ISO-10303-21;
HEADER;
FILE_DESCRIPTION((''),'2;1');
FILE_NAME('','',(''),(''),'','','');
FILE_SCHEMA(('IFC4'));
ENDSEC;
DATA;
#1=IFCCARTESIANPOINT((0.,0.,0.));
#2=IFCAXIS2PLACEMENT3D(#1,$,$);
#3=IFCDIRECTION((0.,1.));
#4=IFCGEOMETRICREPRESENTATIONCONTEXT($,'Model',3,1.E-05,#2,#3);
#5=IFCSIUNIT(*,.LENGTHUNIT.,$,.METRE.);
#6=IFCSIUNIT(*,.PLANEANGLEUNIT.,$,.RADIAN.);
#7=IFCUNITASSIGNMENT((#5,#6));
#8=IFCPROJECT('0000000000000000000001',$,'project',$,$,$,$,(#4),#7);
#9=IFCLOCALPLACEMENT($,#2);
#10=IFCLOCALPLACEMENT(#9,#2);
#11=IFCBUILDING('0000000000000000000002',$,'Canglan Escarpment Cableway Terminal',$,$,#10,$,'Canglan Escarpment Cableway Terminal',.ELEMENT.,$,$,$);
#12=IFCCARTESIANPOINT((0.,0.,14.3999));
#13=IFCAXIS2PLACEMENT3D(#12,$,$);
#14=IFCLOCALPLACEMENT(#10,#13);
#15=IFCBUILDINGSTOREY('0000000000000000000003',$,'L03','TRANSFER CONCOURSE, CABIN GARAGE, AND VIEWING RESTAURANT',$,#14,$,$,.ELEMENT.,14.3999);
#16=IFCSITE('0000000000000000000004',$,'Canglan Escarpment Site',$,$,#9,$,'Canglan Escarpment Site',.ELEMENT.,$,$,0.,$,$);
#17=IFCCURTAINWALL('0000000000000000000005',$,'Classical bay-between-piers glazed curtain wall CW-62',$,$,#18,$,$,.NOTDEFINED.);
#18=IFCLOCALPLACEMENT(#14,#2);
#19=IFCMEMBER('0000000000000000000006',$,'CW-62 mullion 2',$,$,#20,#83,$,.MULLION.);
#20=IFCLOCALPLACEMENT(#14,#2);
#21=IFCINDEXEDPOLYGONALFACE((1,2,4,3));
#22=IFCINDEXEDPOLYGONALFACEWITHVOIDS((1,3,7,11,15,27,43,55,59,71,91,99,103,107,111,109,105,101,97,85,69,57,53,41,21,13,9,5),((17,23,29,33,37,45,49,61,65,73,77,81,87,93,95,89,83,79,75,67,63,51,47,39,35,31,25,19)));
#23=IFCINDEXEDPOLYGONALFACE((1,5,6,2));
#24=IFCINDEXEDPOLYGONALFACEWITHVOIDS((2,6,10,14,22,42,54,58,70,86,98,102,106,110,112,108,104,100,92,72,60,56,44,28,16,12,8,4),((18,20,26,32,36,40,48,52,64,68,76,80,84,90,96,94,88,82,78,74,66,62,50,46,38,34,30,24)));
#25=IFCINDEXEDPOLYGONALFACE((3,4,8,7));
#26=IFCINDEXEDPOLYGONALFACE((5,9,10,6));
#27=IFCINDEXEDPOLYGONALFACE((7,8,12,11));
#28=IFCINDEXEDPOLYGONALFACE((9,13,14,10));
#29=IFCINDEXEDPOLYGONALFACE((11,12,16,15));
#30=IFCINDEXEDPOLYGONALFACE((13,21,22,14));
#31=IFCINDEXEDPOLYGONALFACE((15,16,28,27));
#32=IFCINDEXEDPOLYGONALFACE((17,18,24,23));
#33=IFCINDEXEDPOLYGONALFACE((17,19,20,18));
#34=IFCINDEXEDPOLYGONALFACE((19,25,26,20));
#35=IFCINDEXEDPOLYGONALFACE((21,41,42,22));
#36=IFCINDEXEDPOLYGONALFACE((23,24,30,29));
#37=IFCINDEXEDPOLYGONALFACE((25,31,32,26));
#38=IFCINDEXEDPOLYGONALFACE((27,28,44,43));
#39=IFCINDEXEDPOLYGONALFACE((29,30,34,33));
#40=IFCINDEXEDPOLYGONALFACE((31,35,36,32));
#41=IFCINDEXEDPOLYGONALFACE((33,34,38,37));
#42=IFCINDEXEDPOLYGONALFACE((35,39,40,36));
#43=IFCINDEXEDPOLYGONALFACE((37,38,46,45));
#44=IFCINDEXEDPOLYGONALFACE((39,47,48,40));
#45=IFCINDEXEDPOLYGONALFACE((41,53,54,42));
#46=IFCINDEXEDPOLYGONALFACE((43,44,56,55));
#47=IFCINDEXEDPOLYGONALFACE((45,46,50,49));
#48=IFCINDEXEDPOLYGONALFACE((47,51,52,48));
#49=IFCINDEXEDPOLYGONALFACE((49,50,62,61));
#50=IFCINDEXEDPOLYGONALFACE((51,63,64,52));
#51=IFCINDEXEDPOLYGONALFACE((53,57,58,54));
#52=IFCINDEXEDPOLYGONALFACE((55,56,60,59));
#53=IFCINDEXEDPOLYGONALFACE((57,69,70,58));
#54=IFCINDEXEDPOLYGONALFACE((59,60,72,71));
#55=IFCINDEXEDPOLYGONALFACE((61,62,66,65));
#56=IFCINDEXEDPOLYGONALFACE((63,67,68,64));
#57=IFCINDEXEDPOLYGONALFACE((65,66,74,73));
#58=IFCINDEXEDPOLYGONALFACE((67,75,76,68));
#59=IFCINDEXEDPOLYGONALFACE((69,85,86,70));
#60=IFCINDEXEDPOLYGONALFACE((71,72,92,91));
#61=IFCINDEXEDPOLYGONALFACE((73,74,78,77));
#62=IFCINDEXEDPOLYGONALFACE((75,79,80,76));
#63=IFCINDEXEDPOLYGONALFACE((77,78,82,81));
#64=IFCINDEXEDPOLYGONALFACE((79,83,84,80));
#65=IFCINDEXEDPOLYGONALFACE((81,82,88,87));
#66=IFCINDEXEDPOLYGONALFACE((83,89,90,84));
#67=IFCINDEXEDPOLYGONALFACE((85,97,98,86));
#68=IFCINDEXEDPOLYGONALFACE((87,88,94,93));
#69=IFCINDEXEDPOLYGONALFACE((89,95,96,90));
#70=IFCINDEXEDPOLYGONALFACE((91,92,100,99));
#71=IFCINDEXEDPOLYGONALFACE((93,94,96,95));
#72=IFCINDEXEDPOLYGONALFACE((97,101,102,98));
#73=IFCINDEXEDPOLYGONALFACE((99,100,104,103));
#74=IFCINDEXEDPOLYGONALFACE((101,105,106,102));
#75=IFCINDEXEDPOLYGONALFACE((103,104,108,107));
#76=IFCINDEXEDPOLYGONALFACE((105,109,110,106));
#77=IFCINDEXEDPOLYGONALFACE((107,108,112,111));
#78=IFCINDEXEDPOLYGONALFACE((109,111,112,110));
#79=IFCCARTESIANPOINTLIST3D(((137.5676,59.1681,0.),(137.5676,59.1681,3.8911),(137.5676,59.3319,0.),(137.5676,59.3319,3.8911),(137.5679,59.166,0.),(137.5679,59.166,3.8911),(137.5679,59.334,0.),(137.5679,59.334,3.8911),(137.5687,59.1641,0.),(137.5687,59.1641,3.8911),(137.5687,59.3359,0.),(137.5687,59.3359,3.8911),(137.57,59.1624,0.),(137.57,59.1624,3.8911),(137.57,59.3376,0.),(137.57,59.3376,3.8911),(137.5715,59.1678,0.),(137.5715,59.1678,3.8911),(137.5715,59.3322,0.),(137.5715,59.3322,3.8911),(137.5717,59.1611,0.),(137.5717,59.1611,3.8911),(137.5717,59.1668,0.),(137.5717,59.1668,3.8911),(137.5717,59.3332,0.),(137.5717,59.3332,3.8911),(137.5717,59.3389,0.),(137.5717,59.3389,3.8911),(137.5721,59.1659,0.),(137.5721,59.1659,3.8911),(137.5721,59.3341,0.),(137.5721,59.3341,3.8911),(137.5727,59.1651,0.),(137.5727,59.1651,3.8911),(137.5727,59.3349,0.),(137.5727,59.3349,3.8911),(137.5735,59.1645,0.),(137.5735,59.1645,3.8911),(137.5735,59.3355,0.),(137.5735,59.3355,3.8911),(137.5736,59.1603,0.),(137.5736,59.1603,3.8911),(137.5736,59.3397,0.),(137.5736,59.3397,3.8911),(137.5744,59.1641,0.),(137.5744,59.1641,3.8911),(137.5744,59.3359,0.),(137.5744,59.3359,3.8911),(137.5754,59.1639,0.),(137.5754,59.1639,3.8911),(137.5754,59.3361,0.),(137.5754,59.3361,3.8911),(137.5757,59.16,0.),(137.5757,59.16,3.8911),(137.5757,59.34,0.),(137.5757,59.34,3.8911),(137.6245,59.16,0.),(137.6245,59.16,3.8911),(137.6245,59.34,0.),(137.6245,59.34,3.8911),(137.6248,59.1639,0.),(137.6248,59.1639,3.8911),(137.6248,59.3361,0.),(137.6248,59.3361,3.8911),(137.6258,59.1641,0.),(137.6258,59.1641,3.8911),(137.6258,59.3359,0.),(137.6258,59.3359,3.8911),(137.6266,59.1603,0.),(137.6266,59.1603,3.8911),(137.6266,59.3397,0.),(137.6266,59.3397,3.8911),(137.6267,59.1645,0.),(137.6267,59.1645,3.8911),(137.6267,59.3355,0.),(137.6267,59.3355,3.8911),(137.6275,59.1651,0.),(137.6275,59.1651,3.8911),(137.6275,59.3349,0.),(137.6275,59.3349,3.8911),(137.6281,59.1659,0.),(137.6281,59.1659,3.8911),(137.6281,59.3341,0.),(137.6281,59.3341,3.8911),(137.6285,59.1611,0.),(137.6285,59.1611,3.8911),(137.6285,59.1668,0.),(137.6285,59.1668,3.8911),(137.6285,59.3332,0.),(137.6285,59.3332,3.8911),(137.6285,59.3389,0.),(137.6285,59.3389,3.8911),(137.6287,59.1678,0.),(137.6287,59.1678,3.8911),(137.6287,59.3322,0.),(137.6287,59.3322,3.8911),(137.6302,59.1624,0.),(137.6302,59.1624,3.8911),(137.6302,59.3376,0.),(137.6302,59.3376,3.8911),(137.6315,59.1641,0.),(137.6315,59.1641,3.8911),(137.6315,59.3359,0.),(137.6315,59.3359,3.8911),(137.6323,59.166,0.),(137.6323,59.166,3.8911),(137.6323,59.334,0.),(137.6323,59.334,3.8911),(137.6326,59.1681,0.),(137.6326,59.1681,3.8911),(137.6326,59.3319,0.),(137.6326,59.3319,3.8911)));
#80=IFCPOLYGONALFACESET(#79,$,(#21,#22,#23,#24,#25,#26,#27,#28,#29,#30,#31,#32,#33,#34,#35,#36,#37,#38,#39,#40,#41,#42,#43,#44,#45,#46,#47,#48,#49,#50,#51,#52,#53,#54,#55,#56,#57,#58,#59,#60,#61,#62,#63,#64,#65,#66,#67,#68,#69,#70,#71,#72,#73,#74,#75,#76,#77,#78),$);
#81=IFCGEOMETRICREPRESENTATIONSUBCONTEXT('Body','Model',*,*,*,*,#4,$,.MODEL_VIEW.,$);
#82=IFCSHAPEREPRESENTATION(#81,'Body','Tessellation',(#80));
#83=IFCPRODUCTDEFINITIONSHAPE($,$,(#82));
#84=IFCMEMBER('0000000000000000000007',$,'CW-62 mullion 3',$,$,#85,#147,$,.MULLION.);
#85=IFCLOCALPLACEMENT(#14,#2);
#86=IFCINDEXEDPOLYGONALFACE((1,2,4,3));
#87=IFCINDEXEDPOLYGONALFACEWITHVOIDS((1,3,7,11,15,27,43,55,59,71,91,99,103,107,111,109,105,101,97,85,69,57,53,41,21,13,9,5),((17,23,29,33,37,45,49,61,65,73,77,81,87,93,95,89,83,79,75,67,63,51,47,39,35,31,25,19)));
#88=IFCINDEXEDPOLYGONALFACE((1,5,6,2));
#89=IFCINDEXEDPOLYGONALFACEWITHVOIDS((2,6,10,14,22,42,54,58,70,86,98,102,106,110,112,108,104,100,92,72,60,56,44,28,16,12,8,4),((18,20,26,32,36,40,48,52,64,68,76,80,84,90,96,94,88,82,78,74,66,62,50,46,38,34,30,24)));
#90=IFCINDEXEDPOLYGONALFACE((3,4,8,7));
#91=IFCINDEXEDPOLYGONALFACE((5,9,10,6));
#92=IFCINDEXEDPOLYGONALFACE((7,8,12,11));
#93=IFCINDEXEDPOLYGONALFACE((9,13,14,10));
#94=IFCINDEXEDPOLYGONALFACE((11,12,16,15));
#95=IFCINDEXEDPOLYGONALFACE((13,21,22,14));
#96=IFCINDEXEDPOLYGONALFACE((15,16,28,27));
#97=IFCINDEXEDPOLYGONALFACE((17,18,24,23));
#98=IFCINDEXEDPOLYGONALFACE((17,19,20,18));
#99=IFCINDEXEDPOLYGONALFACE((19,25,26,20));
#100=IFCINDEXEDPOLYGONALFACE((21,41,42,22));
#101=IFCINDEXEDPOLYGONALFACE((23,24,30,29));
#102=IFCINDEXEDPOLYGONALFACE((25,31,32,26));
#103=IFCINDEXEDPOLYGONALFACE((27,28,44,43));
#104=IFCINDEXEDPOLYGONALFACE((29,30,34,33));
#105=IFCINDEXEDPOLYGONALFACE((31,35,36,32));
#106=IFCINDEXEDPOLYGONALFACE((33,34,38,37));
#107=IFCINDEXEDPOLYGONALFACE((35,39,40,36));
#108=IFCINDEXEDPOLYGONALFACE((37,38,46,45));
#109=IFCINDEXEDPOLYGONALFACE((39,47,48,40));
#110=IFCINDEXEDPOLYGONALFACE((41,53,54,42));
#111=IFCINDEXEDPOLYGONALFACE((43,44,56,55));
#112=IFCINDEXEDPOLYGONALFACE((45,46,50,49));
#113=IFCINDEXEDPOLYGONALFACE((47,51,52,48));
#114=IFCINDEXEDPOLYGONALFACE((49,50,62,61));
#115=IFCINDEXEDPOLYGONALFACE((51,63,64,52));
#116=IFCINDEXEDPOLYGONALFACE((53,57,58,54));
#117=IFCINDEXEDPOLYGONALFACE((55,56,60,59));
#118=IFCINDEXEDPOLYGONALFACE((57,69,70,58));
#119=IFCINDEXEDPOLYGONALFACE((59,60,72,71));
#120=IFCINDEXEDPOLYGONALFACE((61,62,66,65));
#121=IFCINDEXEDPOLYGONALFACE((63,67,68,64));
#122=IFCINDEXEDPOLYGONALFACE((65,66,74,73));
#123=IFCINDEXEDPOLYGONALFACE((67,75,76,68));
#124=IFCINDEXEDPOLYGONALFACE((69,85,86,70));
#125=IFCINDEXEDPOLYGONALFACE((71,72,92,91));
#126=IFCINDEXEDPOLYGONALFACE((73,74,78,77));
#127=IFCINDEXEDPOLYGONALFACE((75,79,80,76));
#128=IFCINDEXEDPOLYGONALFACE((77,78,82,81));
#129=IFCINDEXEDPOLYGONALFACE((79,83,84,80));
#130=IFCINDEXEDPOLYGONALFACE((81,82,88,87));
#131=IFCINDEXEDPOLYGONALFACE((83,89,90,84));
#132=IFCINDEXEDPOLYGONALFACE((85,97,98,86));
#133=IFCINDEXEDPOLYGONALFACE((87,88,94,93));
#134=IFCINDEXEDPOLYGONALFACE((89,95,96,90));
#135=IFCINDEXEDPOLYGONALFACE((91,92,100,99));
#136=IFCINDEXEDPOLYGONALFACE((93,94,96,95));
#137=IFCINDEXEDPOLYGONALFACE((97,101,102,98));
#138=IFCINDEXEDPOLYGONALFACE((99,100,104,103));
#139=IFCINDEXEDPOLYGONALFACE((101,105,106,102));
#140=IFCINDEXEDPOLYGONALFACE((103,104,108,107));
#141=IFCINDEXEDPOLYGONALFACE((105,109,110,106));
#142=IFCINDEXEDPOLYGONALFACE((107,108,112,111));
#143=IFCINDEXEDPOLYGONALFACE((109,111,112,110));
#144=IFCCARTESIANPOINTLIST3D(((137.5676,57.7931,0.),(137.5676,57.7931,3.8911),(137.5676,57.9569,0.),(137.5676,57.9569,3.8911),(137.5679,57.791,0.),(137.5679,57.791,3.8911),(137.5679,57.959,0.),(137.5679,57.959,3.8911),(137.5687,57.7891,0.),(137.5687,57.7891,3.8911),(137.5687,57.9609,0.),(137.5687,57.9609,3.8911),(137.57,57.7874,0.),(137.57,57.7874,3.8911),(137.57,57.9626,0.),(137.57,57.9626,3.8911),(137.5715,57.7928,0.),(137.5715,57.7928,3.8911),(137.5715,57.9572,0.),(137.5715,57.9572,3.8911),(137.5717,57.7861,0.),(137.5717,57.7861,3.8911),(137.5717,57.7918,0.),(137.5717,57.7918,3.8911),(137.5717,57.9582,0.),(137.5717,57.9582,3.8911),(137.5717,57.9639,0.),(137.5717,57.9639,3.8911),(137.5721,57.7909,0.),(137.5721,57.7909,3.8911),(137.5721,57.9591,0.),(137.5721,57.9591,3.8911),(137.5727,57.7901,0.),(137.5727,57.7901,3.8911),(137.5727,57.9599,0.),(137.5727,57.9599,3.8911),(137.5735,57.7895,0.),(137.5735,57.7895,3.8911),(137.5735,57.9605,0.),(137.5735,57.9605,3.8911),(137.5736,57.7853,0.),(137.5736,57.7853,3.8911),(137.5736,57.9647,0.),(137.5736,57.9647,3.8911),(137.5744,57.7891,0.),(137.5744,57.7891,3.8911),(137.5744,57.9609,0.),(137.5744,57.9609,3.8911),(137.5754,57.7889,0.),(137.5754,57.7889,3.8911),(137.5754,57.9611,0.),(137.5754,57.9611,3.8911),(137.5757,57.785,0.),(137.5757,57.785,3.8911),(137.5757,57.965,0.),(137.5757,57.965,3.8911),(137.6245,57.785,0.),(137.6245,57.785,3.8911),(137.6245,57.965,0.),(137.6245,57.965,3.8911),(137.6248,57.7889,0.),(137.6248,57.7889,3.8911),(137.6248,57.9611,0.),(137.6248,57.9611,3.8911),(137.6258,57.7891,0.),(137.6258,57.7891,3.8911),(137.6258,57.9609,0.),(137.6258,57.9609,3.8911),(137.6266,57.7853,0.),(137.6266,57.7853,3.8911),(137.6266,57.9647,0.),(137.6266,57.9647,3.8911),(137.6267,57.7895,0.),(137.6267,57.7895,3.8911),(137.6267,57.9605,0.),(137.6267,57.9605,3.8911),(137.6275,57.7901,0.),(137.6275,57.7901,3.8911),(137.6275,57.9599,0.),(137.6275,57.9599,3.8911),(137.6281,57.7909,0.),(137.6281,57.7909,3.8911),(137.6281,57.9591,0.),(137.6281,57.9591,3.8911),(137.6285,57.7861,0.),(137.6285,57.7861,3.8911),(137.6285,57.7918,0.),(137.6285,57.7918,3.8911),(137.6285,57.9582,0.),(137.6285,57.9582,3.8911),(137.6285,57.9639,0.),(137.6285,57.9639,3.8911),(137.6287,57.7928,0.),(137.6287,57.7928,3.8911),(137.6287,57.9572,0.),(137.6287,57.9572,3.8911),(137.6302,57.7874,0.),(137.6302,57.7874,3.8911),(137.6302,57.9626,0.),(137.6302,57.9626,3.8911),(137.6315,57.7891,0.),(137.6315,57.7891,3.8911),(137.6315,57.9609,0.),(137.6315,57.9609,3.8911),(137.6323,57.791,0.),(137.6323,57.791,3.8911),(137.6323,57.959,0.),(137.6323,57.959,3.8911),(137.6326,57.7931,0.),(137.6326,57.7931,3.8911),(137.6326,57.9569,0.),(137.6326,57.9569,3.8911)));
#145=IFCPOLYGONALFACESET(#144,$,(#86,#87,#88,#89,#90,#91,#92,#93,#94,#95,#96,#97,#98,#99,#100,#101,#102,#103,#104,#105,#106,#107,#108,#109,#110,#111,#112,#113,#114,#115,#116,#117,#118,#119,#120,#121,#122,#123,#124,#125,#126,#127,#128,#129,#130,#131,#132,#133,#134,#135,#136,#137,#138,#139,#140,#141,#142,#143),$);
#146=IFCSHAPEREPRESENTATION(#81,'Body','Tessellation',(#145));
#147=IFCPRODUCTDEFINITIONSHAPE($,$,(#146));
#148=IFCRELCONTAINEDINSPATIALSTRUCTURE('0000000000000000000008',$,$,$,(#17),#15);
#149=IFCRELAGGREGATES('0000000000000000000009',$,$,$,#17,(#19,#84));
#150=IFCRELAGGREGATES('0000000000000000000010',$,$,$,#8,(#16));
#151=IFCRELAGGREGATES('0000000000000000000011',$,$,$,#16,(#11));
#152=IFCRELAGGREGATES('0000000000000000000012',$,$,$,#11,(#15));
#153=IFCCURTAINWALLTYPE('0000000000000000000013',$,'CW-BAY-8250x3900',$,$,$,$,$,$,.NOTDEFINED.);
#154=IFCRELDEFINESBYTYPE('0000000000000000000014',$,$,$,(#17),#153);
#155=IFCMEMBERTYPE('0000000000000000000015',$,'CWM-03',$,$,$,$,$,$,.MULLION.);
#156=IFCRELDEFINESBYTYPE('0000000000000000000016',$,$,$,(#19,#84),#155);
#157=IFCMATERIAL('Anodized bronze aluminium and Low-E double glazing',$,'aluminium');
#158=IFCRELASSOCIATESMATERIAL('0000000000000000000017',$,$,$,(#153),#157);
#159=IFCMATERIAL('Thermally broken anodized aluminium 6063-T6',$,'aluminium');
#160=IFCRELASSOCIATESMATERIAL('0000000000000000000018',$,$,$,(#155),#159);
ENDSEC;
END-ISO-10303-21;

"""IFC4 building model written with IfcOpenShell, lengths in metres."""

from ifc_helpers import new_model, si_unit, direction, frame, origin, origin_2d, place, context, subcontext, project, spatial, hollow_rectangle, extrude, material, material_profile, profile_set, type_object, element, aggregate, save


model = new_model("IFC4")

# Units and contexts
model_context = context("Model", 3, precision=1e-05, world=origin(), true_north=direction((0.0, 1.0)))
body_context = subcontext(model_context, "Body", "Model", "MODEL_VIEW")
ifc_project = project(units=[si_unit("LENGTHUNIT", "METRE"), si_unit("PLANEANGLEUNIT", "RADIAN")], contexts=[model_context])

# Site, building, storey
site_placement = place(None, origin())
site = spatial("IfcSite", under=ifc_project, at=site_placement, Name="Canglan Escarpment Site", LongName="Canglan Escarpment Site", CompositionType="ELEMENT", RefElevation=0.0)
building_placement = place(site_placement, origin())
building = spatial("IfcBuilding", under=site, at=building_placement, Name="Canglan Escarpment Cableway Terminal", LongName="Canglan Escarpment Cableway Terminal", CompositionType="ELEMENT")
storey_placement = place(building_placement, frame((0.0, 0.0, 14.3999)))
storey = spatial("IfcBuildingStorey", under=building, at=storey_placement, Name="L03", Description="TRANSFER CONCOURSE, CABIN GARAGE, AND VIEWING RESTAURANT", CompositionType="ELEMENT", Elevation=14.3999)

# Curtain wall, members
ifc_material_1 = material(Name="Anodized bronze aluminium and Low-E double glazing", Category="aluminium")
curtain_wall_type = type_object("IfcCurtainWallType", Name="CW-BAY-8250x3900", PredefinedType="NOTDEFINED", material=ifc_material_1)
curtain_wall_placement = place(storey_placement, origin())
curtain_wall = element("IfcCurtainWall", 1, at=curtain_wall_placement, inside=storey, type_object=curtain_wall_type, Name="Classical bay-between-piers glazed curtain wall CW-62", PredefinedType="NOTDEFINED")
ifc_material_2 = material(Name="Thermally broken anodized aluminium 6063-T6", Category="aluminium")
ifc_material_profile_1 = material_profile(ifc_material_2, hollow_rectangle(XDim=0.0649, YDim=0.1799, WallThickness=0.0039, InnerFilletRadius=0.0039, OuterFilletRadius=0.0081, at=origin_2d()), Name="ALU-MULL 65x180x4")
ifc_profile_set_1 = profile_set([ifc_material_profile_1], Name="Thermally broken anodized aluminium 6063-T6")
member_type_1 = type_object("IfcMemberType", Name="CWM-03", PredefinedType="MULLION", material=ifc_profile_set_1)
member_1_placement = place(storey_placement, frame((137.6001, 59.25, 0.0), z_axis=(0.0, 0.0, 1.0), x_axis=(1.0, 0.0, 0.0)))
member_1 = element("IfcMember", 2, at=member_1_placement, type_object=member_type_1, Name="CW-62 mullion 2", PredefinedType="MULLION", context=body_context, shape_type="SweptSolid", body=[
    extrude(hollow_rectangle(XDim=0.0649, YDim=0.1799, WallThickness=0.0039, InnerFilletRadius=0.0039, OuterFilletRadius=0.0081, at=origin_2d()), origin(), (0.0, 0.0, 1.0), 3.8911),
])
member_2_placement = place(storey_placement, frame((137.6001, 57.875, 0.0), z_axis=(0.0, 0.0, 1.0), x_axis=(1.0, 0.0, 0.0)))
member_2 = element("IfcMember", 3, at=member_2_placement, type_object=member_type_1, Name="CW-62 mullion 3", PredefinedType="MULLION", context=body_context, shape_type="SweptSolid", body=[
    extrude(hollow_rectangle(XDim=0.0649, YDim=0.1799, WallThickness=0.0039, InnerFilletRadius=0.0039, OuterFilletRadius=0.0081, at=origin_2d()), origin(), (0.0, 0.0, 1.0), 3.8911),
])
aggregate(curtain_wall, [member_1, member_2])

save(model, "model.ifc")
